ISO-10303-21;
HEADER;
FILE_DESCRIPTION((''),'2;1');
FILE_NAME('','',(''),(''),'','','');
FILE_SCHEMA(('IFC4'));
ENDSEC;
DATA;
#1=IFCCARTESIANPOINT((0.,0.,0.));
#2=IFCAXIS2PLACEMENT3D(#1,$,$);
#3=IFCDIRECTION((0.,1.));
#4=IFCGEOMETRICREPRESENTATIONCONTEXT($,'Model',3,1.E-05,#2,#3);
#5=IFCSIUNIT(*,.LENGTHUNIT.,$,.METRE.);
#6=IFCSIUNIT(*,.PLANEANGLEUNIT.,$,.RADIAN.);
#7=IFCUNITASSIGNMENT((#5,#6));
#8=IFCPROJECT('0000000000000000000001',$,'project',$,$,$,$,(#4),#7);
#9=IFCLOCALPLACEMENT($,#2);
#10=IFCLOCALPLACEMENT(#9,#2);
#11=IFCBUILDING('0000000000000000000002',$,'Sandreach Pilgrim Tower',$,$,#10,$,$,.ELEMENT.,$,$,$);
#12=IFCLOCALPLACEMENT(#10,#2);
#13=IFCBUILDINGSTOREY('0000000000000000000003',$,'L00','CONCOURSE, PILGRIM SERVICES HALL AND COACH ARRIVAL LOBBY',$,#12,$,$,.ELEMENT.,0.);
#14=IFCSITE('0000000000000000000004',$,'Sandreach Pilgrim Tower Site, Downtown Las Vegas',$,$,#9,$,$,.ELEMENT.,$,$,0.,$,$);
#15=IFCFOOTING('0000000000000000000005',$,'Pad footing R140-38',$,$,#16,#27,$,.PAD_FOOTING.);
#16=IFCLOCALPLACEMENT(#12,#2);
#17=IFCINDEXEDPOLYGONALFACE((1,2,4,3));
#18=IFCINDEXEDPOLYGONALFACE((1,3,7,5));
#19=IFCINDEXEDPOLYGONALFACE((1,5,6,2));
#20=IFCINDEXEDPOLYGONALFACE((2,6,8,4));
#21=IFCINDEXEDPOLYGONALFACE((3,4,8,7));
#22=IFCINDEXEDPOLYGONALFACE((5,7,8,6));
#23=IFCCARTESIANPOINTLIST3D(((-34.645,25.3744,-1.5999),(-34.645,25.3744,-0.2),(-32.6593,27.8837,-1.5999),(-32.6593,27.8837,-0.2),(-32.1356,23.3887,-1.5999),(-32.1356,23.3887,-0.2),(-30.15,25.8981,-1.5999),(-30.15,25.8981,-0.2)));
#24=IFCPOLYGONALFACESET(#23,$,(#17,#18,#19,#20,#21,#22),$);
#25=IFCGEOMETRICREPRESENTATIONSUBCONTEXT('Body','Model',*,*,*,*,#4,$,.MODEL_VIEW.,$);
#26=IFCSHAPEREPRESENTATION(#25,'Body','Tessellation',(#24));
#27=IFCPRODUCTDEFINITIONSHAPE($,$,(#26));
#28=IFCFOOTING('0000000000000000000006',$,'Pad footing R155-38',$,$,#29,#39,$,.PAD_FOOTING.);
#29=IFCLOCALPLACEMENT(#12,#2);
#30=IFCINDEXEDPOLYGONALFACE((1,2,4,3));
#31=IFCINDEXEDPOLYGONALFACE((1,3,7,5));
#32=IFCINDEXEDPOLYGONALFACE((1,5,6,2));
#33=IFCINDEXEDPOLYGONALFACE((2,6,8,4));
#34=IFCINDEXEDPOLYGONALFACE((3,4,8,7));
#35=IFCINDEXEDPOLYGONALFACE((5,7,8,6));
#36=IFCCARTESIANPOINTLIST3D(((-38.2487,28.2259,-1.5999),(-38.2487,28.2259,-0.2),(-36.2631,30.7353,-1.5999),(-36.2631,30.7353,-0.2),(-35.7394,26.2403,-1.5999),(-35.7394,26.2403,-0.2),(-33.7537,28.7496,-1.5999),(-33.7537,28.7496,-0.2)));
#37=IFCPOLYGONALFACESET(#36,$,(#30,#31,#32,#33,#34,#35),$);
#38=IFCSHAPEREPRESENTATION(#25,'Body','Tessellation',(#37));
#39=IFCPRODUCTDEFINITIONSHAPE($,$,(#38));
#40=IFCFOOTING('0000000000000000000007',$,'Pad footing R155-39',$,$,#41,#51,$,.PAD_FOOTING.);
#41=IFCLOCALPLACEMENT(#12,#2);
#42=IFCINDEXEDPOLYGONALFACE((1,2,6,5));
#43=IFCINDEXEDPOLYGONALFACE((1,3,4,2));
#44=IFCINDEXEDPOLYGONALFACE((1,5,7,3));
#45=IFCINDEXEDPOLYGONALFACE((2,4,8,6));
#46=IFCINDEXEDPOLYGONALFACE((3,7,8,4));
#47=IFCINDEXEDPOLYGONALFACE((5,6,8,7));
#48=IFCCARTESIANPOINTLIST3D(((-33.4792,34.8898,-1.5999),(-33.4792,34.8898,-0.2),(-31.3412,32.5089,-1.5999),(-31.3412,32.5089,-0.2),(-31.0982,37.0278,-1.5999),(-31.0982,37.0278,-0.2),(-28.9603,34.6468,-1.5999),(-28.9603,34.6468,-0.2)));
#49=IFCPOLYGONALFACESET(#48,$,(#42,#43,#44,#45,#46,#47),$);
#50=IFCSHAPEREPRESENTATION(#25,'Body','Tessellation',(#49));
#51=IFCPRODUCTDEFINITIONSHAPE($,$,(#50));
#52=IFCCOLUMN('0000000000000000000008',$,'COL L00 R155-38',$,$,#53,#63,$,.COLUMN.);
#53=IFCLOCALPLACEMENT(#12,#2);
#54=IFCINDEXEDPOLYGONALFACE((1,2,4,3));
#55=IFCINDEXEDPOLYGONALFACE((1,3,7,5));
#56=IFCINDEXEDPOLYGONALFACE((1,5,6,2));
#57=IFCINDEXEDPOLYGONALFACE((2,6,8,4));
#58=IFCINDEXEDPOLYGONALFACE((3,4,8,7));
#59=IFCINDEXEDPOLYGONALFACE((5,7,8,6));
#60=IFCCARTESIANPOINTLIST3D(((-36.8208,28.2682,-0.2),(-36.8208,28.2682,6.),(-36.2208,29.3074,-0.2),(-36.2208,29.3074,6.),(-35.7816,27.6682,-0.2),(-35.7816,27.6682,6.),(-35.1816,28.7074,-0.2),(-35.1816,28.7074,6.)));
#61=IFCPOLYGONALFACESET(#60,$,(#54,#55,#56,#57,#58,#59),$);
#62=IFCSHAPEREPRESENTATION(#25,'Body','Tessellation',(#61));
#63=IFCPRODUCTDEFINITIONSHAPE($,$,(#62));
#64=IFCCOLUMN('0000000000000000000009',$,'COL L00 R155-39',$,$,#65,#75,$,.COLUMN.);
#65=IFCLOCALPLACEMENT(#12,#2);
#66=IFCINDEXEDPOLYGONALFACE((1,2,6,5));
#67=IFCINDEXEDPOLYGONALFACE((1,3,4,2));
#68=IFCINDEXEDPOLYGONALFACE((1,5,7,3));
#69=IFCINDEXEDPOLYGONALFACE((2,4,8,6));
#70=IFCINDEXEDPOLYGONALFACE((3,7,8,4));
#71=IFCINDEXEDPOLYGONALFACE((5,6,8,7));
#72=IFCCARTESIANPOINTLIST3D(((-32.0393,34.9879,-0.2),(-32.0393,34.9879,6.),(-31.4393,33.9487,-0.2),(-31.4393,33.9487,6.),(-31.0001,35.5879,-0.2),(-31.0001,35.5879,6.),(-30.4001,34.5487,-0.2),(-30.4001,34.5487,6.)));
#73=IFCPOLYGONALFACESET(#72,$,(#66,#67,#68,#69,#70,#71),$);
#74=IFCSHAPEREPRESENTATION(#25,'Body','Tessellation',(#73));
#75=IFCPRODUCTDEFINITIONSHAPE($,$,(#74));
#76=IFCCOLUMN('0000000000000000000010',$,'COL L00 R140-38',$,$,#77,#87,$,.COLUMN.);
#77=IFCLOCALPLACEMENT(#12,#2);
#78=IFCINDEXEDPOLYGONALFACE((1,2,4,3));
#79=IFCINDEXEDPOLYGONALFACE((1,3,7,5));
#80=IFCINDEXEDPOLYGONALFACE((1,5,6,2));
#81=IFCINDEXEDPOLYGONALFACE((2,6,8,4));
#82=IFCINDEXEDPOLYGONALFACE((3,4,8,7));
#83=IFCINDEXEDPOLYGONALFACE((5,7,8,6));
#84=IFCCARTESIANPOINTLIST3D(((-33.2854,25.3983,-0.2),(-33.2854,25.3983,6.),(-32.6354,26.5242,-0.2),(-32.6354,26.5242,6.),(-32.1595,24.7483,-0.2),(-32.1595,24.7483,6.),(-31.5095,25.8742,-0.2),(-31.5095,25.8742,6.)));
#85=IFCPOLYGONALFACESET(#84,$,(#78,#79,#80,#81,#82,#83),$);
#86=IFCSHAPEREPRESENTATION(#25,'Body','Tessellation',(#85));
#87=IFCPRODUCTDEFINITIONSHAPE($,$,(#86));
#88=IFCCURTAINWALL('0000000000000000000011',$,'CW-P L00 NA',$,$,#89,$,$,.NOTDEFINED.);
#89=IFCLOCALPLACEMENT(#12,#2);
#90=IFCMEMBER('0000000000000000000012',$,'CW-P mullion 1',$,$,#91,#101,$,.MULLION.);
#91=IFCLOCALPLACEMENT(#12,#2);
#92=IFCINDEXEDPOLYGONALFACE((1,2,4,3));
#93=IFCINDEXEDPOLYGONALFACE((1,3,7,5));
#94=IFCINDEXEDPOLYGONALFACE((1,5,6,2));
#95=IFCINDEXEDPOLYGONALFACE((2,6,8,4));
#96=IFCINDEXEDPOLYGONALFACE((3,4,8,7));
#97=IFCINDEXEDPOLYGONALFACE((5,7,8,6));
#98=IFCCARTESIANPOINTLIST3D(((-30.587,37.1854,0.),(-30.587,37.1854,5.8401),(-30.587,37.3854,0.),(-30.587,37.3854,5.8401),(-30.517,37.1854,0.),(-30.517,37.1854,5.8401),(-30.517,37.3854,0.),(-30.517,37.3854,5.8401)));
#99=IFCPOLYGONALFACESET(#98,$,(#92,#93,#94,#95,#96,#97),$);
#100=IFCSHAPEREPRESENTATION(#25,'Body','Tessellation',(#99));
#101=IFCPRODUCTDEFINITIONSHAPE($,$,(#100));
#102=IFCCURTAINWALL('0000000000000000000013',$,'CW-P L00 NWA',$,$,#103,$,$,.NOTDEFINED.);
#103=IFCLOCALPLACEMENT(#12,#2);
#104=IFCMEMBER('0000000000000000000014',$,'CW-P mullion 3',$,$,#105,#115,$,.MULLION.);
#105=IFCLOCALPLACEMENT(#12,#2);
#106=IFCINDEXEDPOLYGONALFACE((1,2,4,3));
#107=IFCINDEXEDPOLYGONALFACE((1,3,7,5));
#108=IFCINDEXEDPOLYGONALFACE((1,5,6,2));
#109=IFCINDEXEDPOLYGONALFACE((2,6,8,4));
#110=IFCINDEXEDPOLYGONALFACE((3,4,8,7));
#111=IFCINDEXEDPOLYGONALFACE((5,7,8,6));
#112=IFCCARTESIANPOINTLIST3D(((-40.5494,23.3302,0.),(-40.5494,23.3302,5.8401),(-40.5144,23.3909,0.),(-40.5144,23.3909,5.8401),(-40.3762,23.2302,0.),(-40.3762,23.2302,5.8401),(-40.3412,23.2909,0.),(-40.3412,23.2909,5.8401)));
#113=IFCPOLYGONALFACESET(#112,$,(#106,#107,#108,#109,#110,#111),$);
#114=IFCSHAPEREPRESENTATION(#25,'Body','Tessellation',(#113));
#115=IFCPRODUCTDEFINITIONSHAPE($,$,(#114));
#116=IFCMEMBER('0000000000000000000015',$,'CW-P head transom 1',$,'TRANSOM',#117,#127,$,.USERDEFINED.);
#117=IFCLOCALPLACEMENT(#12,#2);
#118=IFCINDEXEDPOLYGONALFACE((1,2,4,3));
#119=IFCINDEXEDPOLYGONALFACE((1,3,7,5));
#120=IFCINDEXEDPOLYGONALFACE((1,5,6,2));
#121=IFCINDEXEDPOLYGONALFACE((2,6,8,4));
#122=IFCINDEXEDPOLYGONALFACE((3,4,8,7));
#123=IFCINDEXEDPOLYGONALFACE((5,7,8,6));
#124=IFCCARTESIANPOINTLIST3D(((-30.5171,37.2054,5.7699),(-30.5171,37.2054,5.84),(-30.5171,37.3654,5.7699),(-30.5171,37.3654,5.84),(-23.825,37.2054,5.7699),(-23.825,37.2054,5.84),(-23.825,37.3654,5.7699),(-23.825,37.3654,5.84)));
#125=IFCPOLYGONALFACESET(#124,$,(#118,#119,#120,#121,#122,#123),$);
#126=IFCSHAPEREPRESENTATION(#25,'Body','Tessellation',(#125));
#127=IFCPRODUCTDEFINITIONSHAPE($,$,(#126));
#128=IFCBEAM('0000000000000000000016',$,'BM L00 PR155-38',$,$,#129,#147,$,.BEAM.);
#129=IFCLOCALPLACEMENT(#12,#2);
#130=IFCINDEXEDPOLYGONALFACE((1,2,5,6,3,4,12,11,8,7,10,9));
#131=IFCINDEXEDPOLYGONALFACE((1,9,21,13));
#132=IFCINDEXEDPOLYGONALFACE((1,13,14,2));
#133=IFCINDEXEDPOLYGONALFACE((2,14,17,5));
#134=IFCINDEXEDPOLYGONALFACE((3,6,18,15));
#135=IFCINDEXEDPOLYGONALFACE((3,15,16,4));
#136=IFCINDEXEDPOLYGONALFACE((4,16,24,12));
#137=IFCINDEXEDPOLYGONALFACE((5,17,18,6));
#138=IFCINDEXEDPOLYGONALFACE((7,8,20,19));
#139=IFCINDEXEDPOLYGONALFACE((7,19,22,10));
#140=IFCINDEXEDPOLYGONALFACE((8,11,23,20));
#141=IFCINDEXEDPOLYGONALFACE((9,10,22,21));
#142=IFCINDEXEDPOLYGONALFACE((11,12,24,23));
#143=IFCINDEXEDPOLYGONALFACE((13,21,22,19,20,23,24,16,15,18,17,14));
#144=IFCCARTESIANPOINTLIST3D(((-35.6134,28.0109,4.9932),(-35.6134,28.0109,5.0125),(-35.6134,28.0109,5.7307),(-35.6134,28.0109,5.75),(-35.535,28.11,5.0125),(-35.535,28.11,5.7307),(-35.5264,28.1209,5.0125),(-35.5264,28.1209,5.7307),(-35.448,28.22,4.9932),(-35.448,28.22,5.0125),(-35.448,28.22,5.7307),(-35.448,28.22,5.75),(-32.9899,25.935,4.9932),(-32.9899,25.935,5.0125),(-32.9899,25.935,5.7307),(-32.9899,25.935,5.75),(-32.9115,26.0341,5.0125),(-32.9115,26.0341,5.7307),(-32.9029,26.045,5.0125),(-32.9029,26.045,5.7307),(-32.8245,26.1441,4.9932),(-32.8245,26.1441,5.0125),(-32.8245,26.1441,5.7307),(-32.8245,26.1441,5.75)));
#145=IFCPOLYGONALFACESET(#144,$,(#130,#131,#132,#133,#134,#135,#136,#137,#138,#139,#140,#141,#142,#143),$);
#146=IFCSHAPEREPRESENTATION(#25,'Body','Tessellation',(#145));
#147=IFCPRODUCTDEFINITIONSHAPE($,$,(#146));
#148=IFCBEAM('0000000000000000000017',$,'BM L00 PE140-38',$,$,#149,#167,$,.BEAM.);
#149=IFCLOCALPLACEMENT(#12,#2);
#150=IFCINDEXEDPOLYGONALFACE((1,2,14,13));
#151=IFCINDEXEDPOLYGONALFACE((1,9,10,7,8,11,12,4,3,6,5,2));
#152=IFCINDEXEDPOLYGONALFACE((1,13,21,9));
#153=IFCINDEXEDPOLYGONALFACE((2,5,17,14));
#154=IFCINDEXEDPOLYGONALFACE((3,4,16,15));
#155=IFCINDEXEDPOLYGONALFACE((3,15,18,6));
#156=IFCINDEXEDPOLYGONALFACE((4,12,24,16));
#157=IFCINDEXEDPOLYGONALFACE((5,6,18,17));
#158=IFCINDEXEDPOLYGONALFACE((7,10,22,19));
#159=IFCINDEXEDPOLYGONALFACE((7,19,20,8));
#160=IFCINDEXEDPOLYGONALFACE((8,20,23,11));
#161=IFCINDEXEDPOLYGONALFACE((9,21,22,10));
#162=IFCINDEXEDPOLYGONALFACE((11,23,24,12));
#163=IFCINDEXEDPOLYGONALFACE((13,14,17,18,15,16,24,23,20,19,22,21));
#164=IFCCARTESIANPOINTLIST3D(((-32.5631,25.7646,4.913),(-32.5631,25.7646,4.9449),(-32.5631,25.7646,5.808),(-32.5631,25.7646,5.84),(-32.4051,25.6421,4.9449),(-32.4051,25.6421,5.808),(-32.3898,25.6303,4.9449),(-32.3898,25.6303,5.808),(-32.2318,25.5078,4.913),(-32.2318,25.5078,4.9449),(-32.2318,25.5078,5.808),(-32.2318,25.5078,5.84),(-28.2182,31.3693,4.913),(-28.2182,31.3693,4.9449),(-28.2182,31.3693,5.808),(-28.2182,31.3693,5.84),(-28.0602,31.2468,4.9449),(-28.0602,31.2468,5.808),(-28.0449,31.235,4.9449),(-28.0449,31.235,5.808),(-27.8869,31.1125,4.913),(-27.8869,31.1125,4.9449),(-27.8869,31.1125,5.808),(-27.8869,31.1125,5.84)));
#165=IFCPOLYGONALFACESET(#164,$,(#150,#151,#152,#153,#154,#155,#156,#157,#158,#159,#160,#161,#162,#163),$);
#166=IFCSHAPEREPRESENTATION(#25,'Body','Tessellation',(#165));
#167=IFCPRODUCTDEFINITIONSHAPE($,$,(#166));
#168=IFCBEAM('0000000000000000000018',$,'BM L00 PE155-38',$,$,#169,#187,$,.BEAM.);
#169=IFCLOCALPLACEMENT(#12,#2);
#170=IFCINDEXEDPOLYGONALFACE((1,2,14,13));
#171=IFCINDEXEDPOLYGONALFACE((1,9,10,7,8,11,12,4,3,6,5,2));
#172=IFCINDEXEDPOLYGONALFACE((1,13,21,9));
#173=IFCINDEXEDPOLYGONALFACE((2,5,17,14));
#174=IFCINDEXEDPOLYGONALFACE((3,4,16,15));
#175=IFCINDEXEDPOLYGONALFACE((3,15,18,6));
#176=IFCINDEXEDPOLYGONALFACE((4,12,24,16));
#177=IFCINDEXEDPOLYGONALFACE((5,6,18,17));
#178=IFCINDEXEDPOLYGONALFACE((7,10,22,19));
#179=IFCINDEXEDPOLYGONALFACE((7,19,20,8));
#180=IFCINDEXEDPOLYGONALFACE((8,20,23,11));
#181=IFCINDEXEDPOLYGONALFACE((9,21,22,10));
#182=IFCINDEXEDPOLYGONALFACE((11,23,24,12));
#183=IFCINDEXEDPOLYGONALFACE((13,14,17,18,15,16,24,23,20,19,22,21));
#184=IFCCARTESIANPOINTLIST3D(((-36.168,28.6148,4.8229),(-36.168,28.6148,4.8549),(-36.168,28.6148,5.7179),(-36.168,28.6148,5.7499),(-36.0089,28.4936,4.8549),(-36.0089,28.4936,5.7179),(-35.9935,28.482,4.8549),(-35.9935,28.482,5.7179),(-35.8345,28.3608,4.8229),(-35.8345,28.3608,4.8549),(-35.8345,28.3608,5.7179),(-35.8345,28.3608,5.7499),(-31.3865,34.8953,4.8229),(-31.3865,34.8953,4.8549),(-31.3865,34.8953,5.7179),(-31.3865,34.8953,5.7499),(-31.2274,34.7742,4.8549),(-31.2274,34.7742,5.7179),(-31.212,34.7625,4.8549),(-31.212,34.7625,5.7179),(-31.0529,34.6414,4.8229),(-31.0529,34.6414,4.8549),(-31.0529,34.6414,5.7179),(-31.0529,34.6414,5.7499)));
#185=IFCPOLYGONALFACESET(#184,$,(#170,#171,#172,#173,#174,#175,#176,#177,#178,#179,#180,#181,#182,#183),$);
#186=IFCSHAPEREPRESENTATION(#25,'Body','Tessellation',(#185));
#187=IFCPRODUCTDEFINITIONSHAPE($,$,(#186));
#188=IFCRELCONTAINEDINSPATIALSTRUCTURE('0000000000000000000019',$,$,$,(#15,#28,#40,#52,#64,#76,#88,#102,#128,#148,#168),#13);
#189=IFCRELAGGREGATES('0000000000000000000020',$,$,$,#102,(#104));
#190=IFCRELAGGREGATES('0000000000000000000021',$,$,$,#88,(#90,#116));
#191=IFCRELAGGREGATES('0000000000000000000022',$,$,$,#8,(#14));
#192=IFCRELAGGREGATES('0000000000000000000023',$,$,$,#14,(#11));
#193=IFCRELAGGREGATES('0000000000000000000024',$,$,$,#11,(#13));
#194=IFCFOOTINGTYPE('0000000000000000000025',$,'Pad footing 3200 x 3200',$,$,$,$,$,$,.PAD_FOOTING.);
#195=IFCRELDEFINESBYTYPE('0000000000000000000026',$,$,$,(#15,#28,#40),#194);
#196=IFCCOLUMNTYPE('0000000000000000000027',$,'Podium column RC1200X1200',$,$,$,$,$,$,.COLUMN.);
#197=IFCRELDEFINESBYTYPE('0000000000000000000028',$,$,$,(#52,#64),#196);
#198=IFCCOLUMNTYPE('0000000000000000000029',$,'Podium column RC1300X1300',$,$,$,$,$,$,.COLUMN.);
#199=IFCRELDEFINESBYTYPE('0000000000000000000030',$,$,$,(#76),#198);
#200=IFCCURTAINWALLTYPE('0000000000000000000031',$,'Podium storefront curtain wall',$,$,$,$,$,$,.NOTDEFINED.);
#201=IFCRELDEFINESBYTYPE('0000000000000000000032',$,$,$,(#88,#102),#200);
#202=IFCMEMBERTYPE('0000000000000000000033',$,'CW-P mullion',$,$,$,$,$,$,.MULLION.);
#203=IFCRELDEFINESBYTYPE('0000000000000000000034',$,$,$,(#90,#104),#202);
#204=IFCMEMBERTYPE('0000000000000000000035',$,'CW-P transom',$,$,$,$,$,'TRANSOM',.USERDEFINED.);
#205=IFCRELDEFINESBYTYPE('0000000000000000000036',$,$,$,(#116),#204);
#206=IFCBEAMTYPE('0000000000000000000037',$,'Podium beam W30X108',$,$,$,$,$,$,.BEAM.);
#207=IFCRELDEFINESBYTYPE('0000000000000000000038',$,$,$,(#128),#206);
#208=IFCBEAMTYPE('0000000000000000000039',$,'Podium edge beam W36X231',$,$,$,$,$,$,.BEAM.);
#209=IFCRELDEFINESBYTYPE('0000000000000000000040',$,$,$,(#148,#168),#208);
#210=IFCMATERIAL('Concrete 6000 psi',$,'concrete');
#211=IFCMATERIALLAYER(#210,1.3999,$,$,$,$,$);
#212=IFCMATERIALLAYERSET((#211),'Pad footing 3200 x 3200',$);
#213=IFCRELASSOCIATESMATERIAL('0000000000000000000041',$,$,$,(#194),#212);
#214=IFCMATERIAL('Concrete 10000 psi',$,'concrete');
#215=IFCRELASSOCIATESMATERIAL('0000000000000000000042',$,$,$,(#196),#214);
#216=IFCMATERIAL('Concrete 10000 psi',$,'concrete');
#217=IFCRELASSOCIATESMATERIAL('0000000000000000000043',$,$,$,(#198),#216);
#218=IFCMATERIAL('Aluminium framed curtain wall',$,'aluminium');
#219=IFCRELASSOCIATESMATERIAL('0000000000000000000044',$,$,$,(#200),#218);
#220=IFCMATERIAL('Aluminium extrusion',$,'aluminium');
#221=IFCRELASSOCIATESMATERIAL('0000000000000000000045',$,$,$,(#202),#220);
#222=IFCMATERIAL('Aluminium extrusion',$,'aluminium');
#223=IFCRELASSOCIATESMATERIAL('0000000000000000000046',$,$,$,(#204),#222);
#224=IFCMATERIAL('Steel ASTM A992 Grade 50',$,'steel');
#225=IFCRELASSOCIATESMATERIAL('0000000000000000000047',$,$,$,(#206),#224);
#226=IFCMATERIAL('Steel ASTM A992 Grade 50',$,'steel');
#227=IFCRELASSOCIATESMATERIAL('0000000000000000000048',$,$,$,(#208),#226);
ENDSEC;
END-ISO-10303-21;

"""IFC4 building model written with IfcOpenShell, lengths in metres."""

from ifc_helpers import new_model, si_unit, direction, frame, origin, origin_2d, place, context, subcontext, project, spatial, rectangle, i_section, extrude, material, layer, layer_set, material_profile, profile_set, type_object, element, aggregate, save


model = new_model("IFC4")

# Units and contexts
model_context = context("Model", 3, precision=1e-05, world=origin(), true_north=direction((0.0, 1.0)))
body_context = subcontext(model_context, "Body", "Model", "MODEL_VIEW")
ifc_project = project(units=[si_unit("LENGTHUNIT", "METRE"), si_unit("PLANEANGLEUNIT", "RADIAN")], contexts=[model_context])

# Site, building, storey
site_placement = place(None, origin())
site = spatial("IfcSite", under=ifc_project, at=site_placement, Name="Sandreach Pilgrim Tower Site, Downtown Las Vegas", CompositionType="ELEMENT", RefElevation=0.0)
building_placement = place(site_placement, origin())
building = spatial("IfcBuilding", under=site, at=building_placement, Name="Sandreach Pilgrim Tower", CompositionType="ELEMENT")
storey_placement = place(building_placement, origin())
storey = spatial("IfcBuildingStorey", under=building, at=storey_placement, Name="L00", Description="CONCOURSE, PILGRIM SERVICES HALL AND COACH ARRIVAL LOBBY", CompositionType="ELEMENT", Elevation=0.0)

# Footings
ifc_material_1 = material(Name="Concrete 6000 psi", Category="concrete")
ifc_layer_1 = layer(ifc_material_1, 1.3999)
ifc_layer_set_1 = layer_set([ifc_layer_1], Name="Pad footing 3200 x 3200")
footing_type = type_object("IfcFootingType", Name="Pad footing 3200 x 3200", PredefinedType="PAD_FOOTING", material=ifc_layer_set_1)
for number, where, z_axis, x_axis, name in (
    (1, (-32.3975, 25.6362, -1.5999), (0.0, 0.0, 1.0), (-0.784185, 0.620527, 0.0), "Pad footing R140-38"),
    (2, (-36.0012, 28.4878, -1.5999), (0.0, 0.0, 1.0), (-0.784185, 0.620527, 0.0), "Pad footing R155-38"),
    (3, (-31.2197, 34.7683, -1.5999), (0.0, 0.0, 1.0), (-0.668117, 0.744056, 0.0), "Pad footing R155-39"),
):
    element("IfcFooting", number, at=place(storey_placement, frame(where, z_axis=z_axis, x_axis=x_axis)), inside=storey, type_object=footing_type, Name=name, PredefinedType="PAD_FOOTING", context=body_context, shape_type="SweptSolid", body=[
        extrude(rectangle(XDim=3.2, YDim=3.2, at=origin_2d()), origin(), (0.0, 0.0, 1.0), 1.3999),
    ])

# Columns
ifc_material_2 = material(Name="Concrete 10000 psi", Category="concrete")
ifc_material_profile_1 = material_profile(ifc_material_2, rectangle(XDim=1.2, YDim=1.2, at=origin_2d()), Name="RC1200X1200")
ifc_profile_set_1 = profile_set([ifc_material_profile_1], Name="Concrete 10000 psi")
column_type_1 = type_object("IfcColumnType", Name="Podium column RC1200X1200", PredefinedType="COLUMN", material=ifc_profile_set_1)
for number, where, z_axis, x_axis, name in (
    (4, (-36.0012, 28.4878, -0.2), (0.0, 0.0, 1.0), (-0.866025, 0.5, 0.0), "COL L00 R155-38"),
    (5, (-31.2197, 34.7683, -0.2), (0.0, 0.0, 1.0), (-0.5, 0.866025, 0.0), "COL L00 R155-39"),
):
    element("IfcColumn", number, at=place(storey_placement, frame(where, z_axis=z_axis, x_axis=x_axis)), inside=storey, type_object=column_type_1, Name=name, PredefinedType="COLUMN", context=body_context, shape_type="SweptSolid", body=[
        extrude(rectangle(XDim=1.2, YDim=1.2, at=origin_2d()), origin(), (0.0, 0.0, 1.0), 6.2),
    ])
ifc_material_3 = material(Name="Concrete 10000 psi", Category="concrete")
ifc_material_profile_2 = material_profile(ifc_material_3, rectangle(XDim=1.3, YDim=1.3, at=origin_2d()), Name="RC1300X1300")
ifc_profile_set_2 = profile_set([ifc_material_profile_2], Name="Concrete 10000 psi")
column_type_2 = type_object("IfcColumnType", Name="Podium column RC1300X1300", PredefinedType="COLUMN", material=ifc_profile_set_2)
column_placement = place(storey_placement, frame((-32.3975, 25.6362, -0.2), z_axis=(0.0, 0.0, 1.0), x_axis=(-0.866025, 0.5, 0.0)))
element("IfcColumn", 6, at=column_placement, inside=storey, type_object=column_type_2, Name="COL L00 R140-38", PredefinedType="COLUMN", context=body_context, shape_type="SweptSolid", body=[
    extrude(rectangle(XDim=1.3, YDim=1.3, at=origin_2d()), origin(), (0.0, 0.0, 1.0), 6.2),
])

# Curtain walls, members
ifc_material_4 = material(Name="Aluminium framed curtain wall", Category="aluminium")
curtain_wall_type = type_object("IfcCurtainWallType", Name="Podium storefront curtain wall", PredefinedType="NOTDEFINED", material=ifc_material_4)
curtain_wall_1_placement = place(storey_placement, origin())
curtain_wall_1 = element("IfcCurtainWall", 7, at=curtain_wall_1_placement, inside=storey, type_object=curtain_wall_type, Name="CW-P L00 NA", PredefinedType="NOTDEFINED")
ifc_material_5 = material(Name="Aluminium extrusion", Category="aluminium")
ifc_material_profile_3 = material_profile(ifc_material_5, rectangle(XDim=0.0701, YDim=0.2, at=origin_2d()), Name="CW-PM 70X200")
ifc_profile_set_3 = profile_set([ifc_material_profile_3], Name="Aluminium extrusion")
member_type_1 = type_object("IfcMemberType", Name="CW-P mullion", PredefinedType="MULLION", material=ifc_profile_set_3)
member_1_placement = place(storey_placement, frame((-30.552, 37.2854, 0.0), z_axis=(0.0, 0.0, 1.0), x_axis=(1.0, 0.0, 0.0)))
member_1 = element("IfcMember", 8, at=member_1_placement, type_object=member_type_1, Name="CW-P mullion 1", PredefinedType="MULLION", context=body_context, shape_type="SweptSolid", body=[
    extrude(rectangle(XDim=0.0701, YDim=0.2, at=origin_2d()), origin(), (0.0, 0.0, 1.0), 5.8401),
])
curtain_wall_2_placement = place(storey_placement, origin())
curtain_wall_2 = element("IfcCurtainWall", 9, at=curtain_wall_2_placement, inside=storey, type_object=curtain_wall_type, Name="CW-P L00 NWA", PredefinedType="NOTDEFINED")
member_2_placement = place(storey_placement, frame((-40.4453, 23.3105, 0.0), z_axis=(0.0, 0.0, 1.0), x_axis=(0.5, 0.866025, 0.0)))
member_2 = element("IfcMember", 10, at=member_2_placement, type_object=member_type_1, Name="CW-P mullion 3", PredefinedType="MULLION", context=body_context, shape_type="SweptSolid", body=[
    extrude(rectangle(XDim=0.0701, YDim=0.2, at=origin_2d()), origin(), (0.0, 0.0, 1.0), 5.8401),
])
aggregate(curtain_wall_2, [member_2])

# Member
ifc_material_6 = material(Name="Aluminium extrusion", Category="aluminium")
ifc_material_profile_4 = material_profile(ifc_material_6, rectangle(XDim=0.1599, YDim=0.0701, at=origin_2d()), Name="CW-PT 160X70")
ifc_profile_set_4 = profile_set([ifc_material_profile_4], Name="Aluminium extrusion")
member_type_2 = type_object("IfcMemberType", Name="CW-P transom", ElementType="TRANSOM", PredefinedType="USERDEFINED", material=ifc_profile_set_4)
member_3_placement = place(storey_placement, frame((-30.5171, 37.2854, 5.8049), z_axis=(1.0, 0.0, 0.0), x_axis=(0.0, 1.0, 0.0)))
member_3 = element("IfcMember", 11, at=member_3_placement, type_object=member_type_2, Name="CW-P head transom 1", ObjectType="TRANSOM", PredefinedType="USERDEFINED", context=body_context, shape_type="SweptSolid", body=[
    extrude(rectangle(XDim=0.1599, YDim=0.0701, at=origin_2d()), origin(), (0.0, 0.0, 1.0), 6.6921),
])
aggregate(curtain_wall_1, [member_1, member_3])

# Beams
ifc_material_7 = material(Name="Steel ASTM A992 Grade 50", Category="steel")
ifc_material_profile_5 = material_profile(ifc_material_7, i_section(OverallWidth=0.2666, OverallDepth=0.7568, WebThickness=0.0139, FlangeThickness=0.0193, at=origin_2d()), Name="W30X108")
ifc_profile_set_5 = profile_set([ifc_material_profile_5], Name="Steel ASTM A992 Grade 50")
beam_type_1 = type_object("IfcBeamType", Name="Podium beam W30X108", PredefinedType="BEAM", material=ifc_profile_set_5)
beam_1_placement = place(storey_placement, frame((-32.9072, 26.0396, 5.3716), z_axis=(-0.784197, 0.620512, 0.0), x_axis=(-0.620512, -0.784197, 0.0)))
element("IfcBeam", 12, at=beam_1_placement, inside=storey, type_object=beam_type_1, Name="BM L00 PR155-38", PredefinedType="BEAM", context=body_context, shape_type="SweptSolid", body=[
    extrude(i_section(OverallWidth=0.2666, OverallDepth=0.7568, WebThickness=0.0139, FlangeThickness=0.0193, at=origin_2d()), origin(), (0.0, 0.0, 1.0), 3.3455),
])
ifc_material_8 = material(Name="Steel ASTM A992 Grade 50", Category="steel")
ifc_material_profile_6 = material_profile(ifc_material_8, i_section(OverallWidth=0.4192, OverallDepth=0.927, WebThickness=0.0193, FlangeThickness=0.032, at=origin_2d()), Name="W36X231")
ifc_profile_set_6 = profile_set([ifc_material_profile_6], Name="Steel ASTM A992 Grade 50")
beam_type_2 = type_object("IfcBeamType", Name="Podium edge beam W36X231", PredefinedType="BEAM", material=ifc_profile_set_6)
beam_2_placement = place(storey_placement, frame((-32.3975, 25.6362, 5.3765), z_axis=(0.612686, 0.790326, 0.0), x_axis=(-0.790326, 0.612686, 0.0)))
element("IfcBeam", 13, at=beam_2_placement, inside=storey, type_object=beam_type_2, Name="BM L00 PE140-38", PredefinedType="BEAM", context=body_context, shape_type="SweptSolid", body=[
    extrude(i_section(OverallWidth=0.4192, OverallDepth=0.927, WebThickness=0.0193, FlangeThickness=0.032, at=origin_2d()), origin(), (0.0, 0.0, 1.0), 7.0916),
])
beam_3_placement = place(storey_placement, frame((-36.0012, 28.4878, 5.2864), z_axis=(0.60575, 0.795655, 0.0), x_axis=(-0.795655, 0.60575, 0.0)))
element("IfcBeam", 14, at=beam_3_placement, inside=storey, type_object=beam_type_2, Name="BM L00 PE155-38", PredefinedType="BEAM", context=body_context, shape_type="SweptSolid", body=[
    extrude(i_section(OverallWidth=0.4192, OverallDepth=0.927, WebThickness=0.0193, FlangeThickness=0.032, at=origin_2d()), origin(), (0.0, 0.0, 1.0), 7.8936),
])

save(model, "model.ifc")
